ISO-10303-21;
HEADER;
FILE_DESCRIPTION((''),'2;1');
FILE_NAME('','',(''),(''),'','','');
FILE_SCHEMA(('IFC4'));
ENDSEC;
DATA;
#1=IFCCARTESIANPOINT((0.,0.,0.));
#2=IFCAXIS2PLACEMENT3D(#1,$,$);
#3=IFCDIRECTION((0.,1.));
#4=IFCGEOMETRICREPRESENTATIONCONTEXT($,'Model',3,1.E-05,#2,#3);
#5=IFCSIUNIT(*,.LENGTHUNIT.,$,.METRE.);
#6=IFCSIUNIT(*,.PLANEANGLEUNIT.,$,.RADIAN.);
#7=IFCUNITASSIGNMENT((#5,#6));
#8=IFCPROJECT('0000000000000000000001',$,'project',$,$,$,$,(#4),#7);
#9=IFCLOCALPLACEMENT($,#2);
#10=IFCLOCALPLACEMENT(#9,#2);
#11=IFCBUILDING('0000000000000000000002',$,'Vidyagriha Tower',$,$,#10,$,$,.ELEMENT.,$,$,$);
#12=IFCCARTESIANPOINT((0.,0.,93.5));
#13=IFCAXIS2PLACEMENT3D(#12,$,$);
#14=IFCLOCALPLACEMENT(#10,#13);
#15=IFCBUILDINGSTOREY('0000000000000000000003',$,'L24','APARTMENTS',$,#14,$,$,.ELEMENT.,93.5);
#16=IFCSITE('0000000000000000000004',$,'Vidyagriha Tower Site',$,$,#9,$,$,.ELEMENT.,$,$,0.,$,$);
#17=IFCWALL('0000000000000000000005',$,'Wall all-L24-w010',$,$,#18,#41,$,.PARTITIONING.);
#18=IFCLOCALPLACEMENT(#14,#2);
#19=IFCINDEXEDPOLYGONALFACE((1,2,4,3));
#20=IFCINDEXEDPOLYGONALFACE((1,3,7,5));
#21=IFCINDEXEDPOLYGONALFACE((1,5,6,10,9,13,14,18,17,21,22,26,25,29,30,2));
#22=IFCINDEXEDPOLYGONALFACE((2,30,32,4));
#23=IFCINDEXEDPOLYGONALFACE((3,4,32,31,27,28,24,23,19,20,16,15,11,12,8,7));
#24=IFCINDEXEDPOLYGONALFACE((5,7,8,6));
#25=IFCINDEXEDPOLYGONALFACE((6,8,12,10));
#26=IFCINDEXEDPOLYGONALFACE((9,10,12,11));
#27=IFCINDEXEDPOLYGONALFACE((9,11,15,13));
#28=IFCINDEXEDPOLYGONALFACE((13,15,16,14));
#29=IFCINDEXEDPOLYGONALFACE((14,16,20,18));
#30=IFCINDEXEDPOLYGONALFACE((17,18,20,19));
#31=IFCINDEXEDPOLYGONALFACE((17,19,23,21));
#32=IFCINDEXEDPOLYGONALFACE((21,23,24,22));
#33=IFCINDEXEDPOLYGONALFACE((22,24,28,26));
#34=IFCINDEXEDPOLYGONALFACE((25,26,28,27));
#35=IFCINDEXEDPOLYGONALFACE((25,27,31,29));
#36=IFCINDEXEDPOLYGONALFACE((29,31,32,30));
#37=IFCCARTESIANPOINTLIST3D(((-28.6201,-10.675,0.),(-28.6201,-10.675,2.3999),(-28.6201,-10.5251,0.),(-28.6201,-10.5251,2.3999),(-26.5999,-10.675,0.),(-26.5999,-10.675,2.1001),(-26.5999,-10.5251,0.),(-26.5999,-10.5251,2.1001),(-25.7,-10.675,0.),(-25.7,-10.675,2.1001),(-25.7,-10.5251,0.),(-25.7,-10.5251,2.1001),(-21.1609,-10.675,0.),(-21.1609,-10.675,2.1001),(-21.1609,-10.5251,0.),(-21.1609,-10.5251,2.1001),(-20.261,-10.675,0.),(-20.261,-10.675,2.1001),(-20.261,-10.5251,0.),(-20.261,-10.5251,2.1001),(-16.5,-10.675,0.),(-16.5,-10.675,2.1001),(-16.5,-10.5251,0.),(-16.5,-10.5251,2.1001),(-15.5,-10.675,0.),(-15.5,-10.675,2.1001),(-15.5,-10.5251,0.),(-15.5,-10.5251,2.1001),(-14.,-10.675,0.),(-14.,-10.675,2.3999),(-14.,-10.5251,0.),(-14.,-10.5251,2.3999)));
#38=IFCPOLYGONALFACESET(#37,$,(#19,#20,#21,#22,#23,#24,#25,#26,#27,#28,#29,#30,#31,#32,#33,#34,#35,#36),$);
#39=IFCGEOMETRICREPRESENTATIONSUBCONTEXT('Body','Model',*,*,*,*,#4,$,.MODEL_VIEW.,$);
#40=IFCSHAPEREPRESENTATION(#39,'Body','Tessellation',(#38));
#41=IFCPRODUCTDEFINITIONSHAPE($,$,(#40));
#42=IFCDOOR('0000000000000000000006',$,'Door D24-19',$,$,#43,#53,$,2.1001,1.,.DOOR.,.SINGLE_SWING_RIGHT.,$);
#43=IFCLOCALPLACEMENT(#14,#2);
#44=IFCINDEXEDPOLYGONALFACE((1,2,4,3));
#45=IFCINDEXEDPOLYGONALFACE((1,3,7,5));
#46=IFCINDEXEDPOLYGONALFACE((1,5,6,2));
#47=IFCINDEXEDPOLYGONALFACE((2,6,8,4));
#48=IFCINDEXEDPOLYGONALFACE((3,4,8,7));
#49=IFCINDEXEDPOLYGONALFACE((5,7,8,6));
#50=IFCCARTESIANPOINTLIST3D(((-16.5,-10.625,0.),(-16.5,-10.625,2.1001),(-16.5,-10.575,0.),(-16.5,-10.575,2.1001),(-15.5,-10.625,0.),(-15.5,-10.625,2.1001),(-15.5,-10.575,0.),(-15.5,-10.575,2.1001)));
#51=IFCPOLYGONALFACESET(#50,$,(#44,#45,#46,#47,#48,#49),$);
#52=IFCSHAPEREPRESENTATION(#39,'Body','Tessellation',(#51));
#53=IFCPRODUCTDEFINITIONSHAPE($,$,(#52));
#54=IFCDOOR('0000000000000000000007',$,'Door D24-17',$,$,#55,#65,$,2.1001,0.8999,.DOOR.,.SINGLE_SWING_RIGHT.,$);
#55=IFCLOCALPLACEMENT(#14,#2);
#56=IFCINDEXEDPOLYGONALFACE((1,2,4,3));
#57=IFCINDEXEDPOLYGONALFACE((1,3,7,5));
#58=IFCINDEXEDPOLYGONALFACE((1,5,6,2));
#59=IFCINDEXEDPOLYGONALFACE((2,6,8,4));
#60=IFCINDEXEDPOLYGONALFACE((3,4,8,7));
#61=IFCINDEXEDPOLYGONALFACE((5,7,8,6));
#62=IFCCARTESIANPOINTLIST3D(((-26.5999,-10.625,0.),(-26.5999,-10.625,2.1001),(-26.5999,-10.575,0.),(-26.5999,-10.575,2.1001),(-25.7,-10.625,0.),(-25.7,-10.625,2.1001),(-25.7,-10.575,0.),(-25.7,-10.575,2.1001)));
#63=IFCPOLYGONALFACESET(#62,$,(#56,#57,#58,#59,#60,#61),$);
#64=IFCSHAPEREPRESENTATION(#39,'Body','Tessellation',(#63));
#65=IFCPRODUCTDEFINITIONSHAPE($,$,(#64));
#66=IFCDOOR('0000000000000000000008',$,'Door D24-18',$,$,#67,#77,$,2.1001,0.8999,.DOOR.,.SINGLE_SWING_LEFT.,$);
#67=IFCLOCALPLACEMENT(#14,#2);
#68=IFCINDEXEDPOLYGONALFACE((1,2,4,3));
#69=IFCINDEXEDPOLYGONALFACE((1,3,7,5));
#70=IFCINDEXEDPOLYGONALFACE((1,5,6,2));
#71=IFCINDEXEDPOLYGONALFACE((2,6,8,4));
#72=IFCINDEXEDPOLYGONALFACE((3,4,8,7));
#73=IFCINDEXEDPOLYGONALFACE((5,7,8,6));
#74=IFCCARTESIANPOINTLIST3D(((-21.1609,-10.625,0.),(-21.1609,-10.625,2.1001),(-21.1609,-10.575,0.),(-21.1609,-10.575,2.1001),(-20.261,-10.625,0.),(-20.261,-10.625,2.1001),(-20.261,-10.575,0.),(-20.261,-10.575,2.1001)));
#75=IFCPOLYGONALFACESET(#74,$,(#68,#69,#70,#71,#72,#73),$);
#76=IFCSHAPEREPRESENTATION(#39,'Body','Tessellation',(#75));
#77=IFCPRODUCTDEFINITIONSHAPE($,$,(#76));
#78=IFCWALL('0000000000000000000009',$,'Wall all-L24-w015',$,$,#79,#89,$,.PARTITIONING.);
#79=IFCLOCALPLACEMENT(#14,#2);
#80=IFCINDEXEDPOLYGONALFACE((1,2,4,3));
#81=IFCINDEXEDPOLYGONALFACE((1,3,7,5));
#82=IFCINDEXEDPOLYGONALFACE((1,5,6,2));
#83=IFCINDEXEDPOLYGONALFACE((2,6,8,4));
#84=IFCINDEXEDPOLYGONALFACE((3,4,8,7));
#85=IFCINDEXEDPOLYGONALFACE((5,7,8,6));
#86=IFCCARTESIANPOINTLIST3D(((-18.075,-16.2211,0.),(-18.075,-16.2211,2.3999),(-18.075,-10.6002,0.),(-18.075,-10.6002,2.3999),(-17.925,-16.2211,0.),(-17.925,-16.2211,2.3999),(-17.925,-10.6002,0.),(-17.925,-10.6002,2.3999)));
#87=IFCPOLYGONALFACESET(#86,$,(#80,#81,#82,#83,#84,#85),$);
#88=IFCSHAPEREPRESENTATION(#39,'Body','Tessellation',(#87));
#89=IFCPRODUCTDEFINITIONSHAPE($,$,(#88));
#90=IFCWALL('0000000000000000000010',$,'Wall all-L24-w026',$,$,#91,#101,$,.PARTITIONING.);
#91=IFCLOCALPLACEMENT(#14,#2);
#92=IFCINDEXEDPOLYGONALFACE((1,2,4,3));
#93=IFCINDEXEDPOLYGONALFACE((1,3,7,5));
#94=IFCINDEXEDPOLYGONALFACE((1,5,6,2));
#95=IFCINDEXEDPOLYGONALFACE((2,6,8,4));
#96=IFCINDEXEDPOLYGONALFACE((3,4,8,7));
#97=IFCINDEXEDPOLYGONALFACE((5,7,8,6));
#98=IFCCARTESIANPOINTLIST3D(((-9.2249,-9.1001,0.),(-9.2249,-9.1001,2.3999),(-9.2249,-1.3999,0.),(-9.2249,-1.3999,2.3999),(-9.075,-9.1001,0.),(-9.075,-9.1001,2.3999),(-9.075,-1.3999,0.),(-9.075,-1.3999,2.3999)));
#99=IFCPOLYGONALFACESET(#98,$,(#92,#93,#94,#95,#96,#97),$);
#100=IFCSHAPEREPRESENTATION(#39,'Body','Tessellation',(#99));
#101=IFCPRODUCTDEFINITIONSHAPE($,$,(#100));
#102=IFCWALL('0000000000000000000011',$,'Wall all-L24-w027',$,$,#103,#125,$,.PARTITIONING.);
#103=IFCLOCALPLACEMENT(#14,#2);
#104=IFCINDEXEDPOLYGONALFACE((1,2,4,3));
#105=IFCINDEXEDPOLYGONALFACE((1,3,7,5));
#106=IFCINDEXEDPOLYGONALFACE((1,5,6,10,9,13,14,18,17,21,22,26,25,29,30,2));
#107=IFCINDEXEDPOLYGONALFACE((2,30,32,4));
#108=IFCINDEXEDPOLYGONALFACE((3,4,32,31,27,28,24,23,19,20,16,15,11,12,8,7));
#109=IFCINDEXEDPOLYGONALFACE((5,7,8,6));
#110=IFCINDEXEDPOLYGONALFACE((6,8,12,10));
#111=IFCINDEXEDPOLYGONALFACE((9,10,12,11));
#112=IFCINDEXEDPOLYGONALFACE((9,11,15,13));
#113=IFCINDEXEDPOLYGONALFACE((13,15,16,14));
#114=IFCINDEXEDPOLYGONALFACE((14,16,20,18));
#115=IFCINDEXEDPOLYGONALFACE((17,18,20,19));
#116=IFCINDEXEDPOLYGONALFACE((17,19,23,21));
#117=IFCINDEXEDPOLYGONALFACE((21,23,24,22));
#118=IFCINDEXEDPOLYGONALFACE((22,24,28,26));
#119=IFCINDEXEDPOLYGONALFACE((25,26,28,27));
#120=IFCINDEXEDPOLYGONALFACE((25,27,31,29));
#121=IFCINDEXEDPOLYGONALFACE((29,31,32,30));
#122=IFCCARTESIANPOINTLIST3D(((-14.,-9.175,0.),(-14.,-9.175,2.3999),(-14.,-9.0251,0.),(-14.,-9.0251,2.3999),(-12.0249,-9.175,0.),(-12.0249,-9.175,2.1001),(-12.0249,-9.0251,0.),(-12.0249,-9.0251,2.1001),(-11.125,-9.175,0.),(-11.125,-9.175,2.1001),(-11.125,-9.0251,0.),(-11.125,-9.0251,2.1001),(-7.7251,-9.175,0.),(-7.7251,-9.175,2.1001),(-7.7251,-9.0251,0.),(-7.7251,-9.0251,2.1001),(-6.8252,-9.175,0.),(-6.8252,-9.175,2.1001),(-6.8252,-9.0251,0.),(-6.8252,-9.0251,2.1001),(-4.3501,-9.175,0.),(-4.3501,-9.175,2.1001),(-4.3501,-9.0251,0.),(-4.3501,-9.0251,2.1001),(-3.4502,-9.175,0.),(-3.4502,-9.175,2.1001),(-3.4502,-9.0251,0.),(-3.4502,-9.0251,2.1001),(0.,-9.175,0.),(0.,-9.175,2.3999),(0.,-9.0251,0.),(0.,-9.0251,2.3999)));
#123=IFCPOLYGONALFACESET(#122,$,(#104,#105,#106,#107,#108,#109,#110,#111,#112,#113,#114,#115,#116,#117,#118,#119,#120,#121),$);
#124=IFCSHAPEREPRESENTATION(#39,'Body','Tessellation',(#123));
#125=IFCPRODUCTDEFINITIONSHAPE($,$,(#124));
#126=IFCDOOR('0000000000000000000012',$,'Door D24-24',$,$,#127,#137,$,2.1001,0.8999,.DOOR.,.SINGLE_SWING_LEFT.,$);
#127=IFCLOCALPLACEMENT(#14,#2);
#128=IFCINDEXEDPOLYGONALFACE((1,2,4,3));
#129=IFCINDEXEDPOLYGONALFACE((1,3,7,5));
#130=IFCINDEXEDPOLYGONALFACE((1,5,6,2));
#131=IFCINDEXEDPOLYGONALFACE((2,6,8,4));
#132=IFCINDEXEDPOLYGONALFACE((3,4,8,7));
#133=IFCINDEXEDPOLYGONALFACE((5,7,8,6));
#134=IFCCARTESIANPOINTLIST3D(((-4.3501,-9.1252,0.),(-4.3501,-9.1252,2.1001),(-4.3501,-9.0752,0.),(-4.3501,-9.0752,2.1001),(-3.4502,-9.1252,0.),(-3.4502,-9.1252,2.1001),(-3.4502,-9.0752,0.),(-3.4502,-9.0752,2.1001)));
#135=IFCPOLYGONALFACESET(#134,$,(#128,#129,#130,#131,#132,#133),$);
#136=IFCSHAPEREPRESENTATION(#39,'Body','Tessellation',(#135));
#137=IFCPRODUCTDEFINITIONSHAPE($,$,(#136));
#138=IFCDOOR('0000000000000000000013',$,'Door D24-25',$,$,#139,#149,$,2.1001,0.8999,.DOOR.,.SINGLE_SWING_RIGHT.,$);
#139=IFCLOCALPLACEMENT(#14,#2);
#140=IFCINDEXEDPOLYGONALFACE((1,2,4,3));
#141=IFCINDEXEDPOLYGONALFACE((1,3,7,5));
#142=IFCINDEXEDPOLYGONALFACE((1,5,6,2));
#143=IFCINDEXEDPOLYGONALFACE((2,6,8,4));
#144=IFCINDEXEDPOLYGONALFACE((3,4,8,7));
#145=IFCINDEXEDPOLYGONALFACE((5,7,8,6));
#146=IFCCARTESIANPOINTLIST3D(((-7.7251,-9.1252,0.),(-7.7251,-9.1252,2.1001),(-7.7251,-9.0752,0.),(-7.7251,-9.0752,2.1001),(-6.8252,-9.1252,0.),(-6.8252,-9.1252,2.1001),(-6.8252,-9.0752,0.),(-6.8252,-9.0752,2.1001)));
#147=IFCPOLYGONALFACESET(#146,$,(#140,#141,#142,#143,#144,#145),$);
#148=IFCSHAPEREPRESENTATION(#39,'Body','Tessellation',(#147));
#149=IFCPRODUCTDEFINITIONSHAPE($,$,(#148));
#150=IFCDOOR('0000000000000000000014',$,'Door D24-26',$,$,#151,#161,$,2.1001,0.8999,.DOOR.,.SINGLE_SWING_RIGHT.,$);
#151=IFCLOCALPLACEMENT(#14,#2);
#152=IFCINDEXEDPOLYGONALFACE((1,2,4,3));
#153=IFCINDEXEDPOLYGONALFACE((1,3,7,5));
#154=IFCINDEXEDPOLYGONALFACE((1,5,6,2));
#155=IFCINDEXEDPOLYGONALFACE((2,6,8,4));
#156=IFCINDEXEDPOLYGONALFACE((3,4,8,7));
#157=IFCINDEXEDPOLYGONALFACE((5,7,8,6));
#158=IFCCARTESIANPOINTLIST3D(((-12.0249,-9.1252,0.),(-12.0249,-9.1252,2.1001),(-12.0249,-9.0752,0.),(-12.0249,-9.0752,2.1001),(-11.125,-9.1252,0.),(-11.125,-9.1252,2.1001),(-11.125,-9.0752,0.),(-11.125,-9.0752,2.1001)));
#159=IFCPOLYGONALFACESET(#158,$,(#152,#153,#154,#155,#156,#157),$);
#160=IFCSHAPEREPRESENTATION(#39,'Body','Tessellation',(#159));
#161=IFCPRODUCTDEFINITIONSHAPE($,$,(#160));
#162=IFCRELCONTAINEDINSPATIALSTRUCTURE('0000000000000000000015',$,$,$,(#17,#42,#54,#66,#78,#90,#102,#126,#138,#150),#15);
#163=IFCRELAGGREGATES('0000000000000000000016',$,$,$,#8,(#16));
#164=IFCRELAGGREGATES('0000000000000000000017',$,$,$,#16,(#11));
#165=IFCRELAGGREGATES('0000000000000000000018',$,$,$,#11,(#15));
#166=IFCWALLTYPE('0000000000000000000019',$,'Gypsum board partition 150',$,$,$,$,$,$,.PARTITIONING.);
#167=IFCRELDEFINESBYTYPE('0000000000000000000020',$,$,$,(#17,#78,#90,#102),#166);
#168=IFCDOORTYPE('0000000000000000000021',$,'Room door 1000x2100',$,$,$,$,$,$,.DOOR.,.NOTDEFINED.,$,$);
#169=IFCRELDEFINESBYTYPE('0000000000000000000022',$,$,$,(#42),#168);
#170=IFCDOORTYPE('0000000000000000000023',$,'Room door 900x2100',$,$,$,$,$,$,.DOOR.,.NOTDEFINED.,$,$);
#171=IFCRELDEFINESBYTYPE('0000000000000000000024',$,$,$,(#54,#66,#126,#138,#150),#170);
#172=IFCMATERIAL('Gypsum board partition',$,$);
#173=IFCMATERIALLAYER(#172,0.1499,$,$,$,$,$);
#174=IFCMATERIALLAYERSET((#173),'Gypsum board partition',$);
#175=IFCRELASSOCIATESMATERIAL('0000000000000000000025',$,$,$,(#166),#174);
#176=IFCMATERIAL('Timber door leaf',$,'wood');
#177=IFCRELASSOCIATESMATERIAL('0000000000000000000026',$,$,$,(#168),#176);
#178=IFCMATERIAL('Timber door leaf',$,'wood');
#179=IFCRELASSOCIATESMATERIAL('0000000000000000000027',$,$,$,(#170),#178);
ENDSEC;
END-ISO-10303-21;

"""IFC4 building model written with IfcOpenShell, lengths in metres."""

from ifc_helpers import new_model, si_unit, direction, frame, frame_2d, origin, place, context, subcontext, project, spatial, rectangle, extrude, material, layer, layer_set, type_object, element, fill, save


model = new_model("IFC4")

# Units and contexts
model_context = context("Model", 3, precision=1e-05, world=origin(), true_north=direction((0.0, 1.0)))
body_context = subcontext(model_context, "Body", "Model", "MODEL_VIEW")
ifc_project = project(units=[si_unit("LENGTHUNIT", "METRE"), si_unit("PLANEANGLEUNIT", "RADIAN")], contexts=[model_context])

# Site, building, storey
site_placement = place(None, origin())
site = spatial("IfcSite", under=ifc_project, at=site_placement, Name="Vidyagriha Tower Site", CompositionType="ELEMENT", RefElevation=0.0)
building_placement = place(site_placement, origin())
building = spatial("IfcBuilding", under=site, at=building_placement, Name="Vidyagriha Tower", CompositionType="ELEMENT")
storey_placement = place(building_placement, frame((0.0, 0.0, 93.5)))
storey = spatial("IfcBuildingStorey", under=building, at=storey_placement, Name="L24", Description="APARTMENTS", CompositionType="ELEMENT", Elevation=93.5)

# Shared definitions
ifc_material_1 = material(Name="Gypsum board partition")
ifc_layer_1 = layer(ifc_material_1, 0.1499)
ifc_layer_set_1 = layer_set([ifc_layer_1], Name="Gypsum board partition")
wall_type_1 = type_object("IfcWallType", Name="Gypsum board partition 150", PredefinedType="PARTITIONING", material=ifc_layer_set_1)

# Wall, openings, doors
wall_1_placement = place(storey_placement, frame((-14.0, -10.6001, 0.0), z_axis=(0.0, 0.0, 1.0), x_axis=(-1.0, 0.0, 0.0)))
wall_1 = element("IfcWall", 1, at=wall_1_placement, inside=storey, type_object=wall_type_1, Name="Wall all-L24-w010", PredefinedType="PARTITIONING", context=body_context, shape_type="SweptSolid", body=[
    extrude(rectangle(XDim=14.6201, YDim=0.1499, at=frame_2d((7.3101, 0.0))), origin(), (0.0, 0.0, 1.0), 2.3999),
])
opening_1_placement = place(wall_1_placement, frame((11.7, 0.0, 0.0)))
opening_1 = element("IfcOpeningElement", 2, at=opening_1_placement, cuts=wall_1, PredefinedType="OPENING", context=body_context, shape_type="SweptSolid", body=[
    extrude(rectangle(XDim=0.8999, YDim=2.1001, at=frame_2d((0.45, 1.05))), frame((0.0, 0.085, 0.0), z_axis=(0.0, -1.0, 0.0), x_axis=(1.0, 0.0, 0.0)), (0.0, 0.0, 1.0), 0.1699),
])
opening_2_placement = place(wall_1_placement, frame((6.261, 0.0, 0.0)))
opening_2 = element("IfcOpeningElement", 3, at=opening_2_placement, cuts=wall_1, PredefinedType="OPENING", context=body_context, shape_type="SweptSolid", body=[
    extrude(rectangle(XDim=0.8999, YDim=2.1001, at=frame_2d((0.45, 1.05))), frame((0.0, 0.085, 0.0), z_axis=(0.0, -1.0, 0.0), x_axis=(1.0, 0.0, 0.0)), (0.0, 0.0, 1.0), 0.1699),
])
opening_3_placement = place(wall_1_placement, frame((1.5, 0.0, 0.0)))
opening_3 = element("IfcOpeningElement", 4, at=opening_3_placement, cuts=wall_1, PredefinedType="OPENING", context=body_context, shape_type="SweptSolid", body=[
    extrude(rectangle(XDim=1.0, YDim=2.1001, at=frame_2d((0.5, 1.05))), frame((0.0, 0.085, 0.0), z_axis=(0.0, -1.0, 0.0), x_axis=(1.0, 0.0, 0.0)), (0.0, 0.0, 1.0), 0.1699),
])
ifc_material_2 = material(Name="Timber door leaf", Category="wood")
door_type_1 = type_object("IfcDoorType", Name="Room door 1000x2100", OperationType="NOTDEFINED", PredefinedType="DOOR", material=ifc_material_2)
door_1_placement = place(opening_3_placement, origin())
door_1 = element("IfcDoor", 5, at=door_1_placement, inside=storey, type_object=door_type_1, Name="Door D24-19", OperationType="SINGLE_SWING_RIGHT", OverallHeight=2.1001, OverallWidth=1.0, PredefinedType="DOOR", context=body_context, shape_type="SweptSolid", body=[
    extrude(rectangle(XDim=1.0, YDim=2.1001, at=frame_2d((0.5, 1.05))), frame((0.0, 0.0249, 0.0), z_axis=(0.0, -1.0, 0.0), x_axis=(1.0, 0.0, 0.0)), (0.0, 0.0, 1.0), 0.05),
])
fill(opening_3, door_1)
ifc_material_3 = material(Name="Timber door leaf", Category="wood")
door_type_2 = type_object("IfcDoorType", Name="Room door 900x2100", OperationType="NOTDEFINED", PredefinedType="DOOR", material=ifc_material_3)
door_2_placement = place(opening_1_placement, origin())
door_2 = element("IfcDoor", 6, at=door_2_placement, inside=storey, type_object=door_type_2, Name="Door D24-17", OperationType="SINGLE_SWING_RIGHT", OverallHeight=2.1001, OverallWidth=0.8999, PredefinedType="DOOR", context=body_context, shape_type="SweptSolid", body=[
    extrude(rectangle(XDim=0.8999, YDim=2.1001, at=frame_2d((0.45, 1.05))), frame((0.0, 0.0249, 0.0), z_axis=(0.0, -1.0, 0.0), x_axis=(1.0, 0.0, 0.0)), (0.0, 0.0, 1.0), 0.05),
])
fill(opening_1, door_2)
door_3_placement = place(opening_2_placement, origin())
door_3 = element("IfcDoor", 7, at=door_3_placement, inside=storey, type_object=door_type_2, Name="Door D24-18", OperationType="SINGLE_SWING_LEFT", OverallHeight=2.1001, OverallWidth=0.8999, PredefinedType="DOOR", context=body_context, shape_type="SweptSolid", body=[
    extrude(rectangle(XDim=0.8999, YDim=2.1001, at=frame_2d((0.45, 1.05))), frame((0.0, 0.0249, 0.0), z_axis=(0.0, -1.0, 0.0), x_axis=(1.0, 0.0, 0.0)), (0.0, 0.0, 1.0), 0.05),
])
fill(opening_2, door_3)

# Walls
wall_2_placement = place(storey_placement, frame((-18.0, -10.6001, 0.0), z_axis=(0.0, 0.0, 1.0), x_axis=(0.0, -1.0, 0.0)))
element("IfcWall", 8, at=wall_2_placement, inside=storey, type_object=wall_type_1, Name="Wall all-L24-w015", PredefinedType="PARTITIONING", context=body_context, shape_type="SweptSolid", body=[
    extrude(rectangle(XDim=5.6208, YDim=0.1499, at=frame_2d((2.8105, 0.0))), origin(), (0.0, 0.0, 1.0), 2.3999),
])
wall_3_placement = place(storey_placement, frame((-9.1499, -9.1001, 0.0), z_axis=(0.0, 0.0, 1.0), x_axis=(0.0, 1.0, 0.0)))
element("IfcWall", 9, at=wall_3_placement, inside=storey, type_object=wall_type_1, Name="Wall all-L24-w026", PredefinedType="PARTITIONING", context=body_context, shape_type="SweptSolid", body=[
    extrude(rectangle(XDim=7.7002, YDim=0.1499, at=frame_2d((3.8501, 0.0))), origin(), (0.0, 0.0, 1.0), 2.3999),
])

# Wall, openings, doors
wall_4_placement = place(storey_placement, frame((-14.0, -9.1001, 0.0)))
wall_4 = element("IfcWall", 10, at=wall_4_placement, inside=storey, type_object=wall_type_1, Name="Wall all-L24-w027", PredefinedType="PARTITIONING", context=body_context, shape_type="SweptSolid", body=[
    extrude(rectangle(XDim=14.0, YDim=0.1499, at=frame_2d((7.0, 0.0))), origin(), (0.0, 0.0, 1.0), 2.3999),
])
opening_4_placement = place(wall_4_placement, frame((9.6499, 0.0, 0.0)))
opening_4 = element("IfcOpeningElement", 11, at=opening_4_placement, cuts=wall_4, PredefinedType="OPENING", context=body_context, shape_type="SweptSolid", body=[
    extrude(rectangle(XDim=0.8999, YDim=2.1001, at=frame_2d((0.45, 1.05))), frame((0.0, 0.085, 0.0), z_axis=(0.0, -1.0, 0.0), x_axis=(1.0, 0.0, 0.0)), (0.0, 0.0, 1.0), 0.1699),
])
opening_5_placement = place(wall_4_placement, frame((6.2749, 0.0, 0.0)))
opening_5 = element("IfcOpeningElement", 12, at=opening_5_placement, cuts=wall_4, PredefinedType="OPENING", context=body_context, shape_type="SweptSolid", body=[
    extrude(rectangle(XDim=0.8999, YDim=2.1001, at=frame_2d((0.45, 1.05))), frame((0.0, 0.085, 0.0), z_axis=(0.0, -1.0, 0.0), x_axis=(1.0, 0.0, 0.0)), (0.0, 0.0, 1.0), 0.1699),
])
opening_6_placement = place(wall_4_placement, frame((1.9751, 0.0, 0.0)))
opening_6 = element("IfcOpeningElement", 13, at=opening_6_placement, cuts=wall_4, PredefinedType="OPENING", context=body_context, shape_type="SweptSolid", body=[
    extrude(rectangle(XDim=0.8999, YDim=2.1001, at=frame_2d((0.45, 1.05))), frame((0.0, 0.085, 0.0), z_axis=(0.0, -1.0, 0.0), x_axis=(1.0, 0.0, 0.0)), (0.0, 0.0, 1.0), 0.1699),
])
door_4_placement = place(opening_4_placement, origin())
door_4 = element("IfcDoor", 14, at=door_4_placement, inside=storey, type_object=door_type_2, Name="Door D24-24", OperationType="SINGLE_SWING_LEFT", OverallHeight=2.1001, OverallWidth=0.8999, PredefinedType="DOOR", context=body_context, shape_type="SweptSolid", body=[
    extrude(rectangle(XDim=0.8999, YDim=2.1001, at=frame_2d((0.45, 1.05))), frame((0.0, 0.0249, 0.0), z_axis=(0.0, -1.0, 0.0), x_axis=(1.0, 0.0, 0.0)), (0.0, 0.0, 1.0), 0.05),
])
fill(opening_4, door_4)
door_5_placement = place(opening_5_placement, origin())
door_5 = element("IfcDoor", 15, at=door_5_placement, inside=storey, type_object=door_type_2, Name="Door D24-25", OperationType="SINGLE_SWING_RIGHT", OverallHeight=2.1001, OverallWidth=0.8999, PredefinedType="DOOR", context=body_context, shape_type="SweptSolid", body=[
    extrude(rectangle(XDim=0.8999, YDim=2.1001, at=frame_2d((0.45, 1.05))), frame((0.0, 0.0249, 0.0), z_axis=(0.0, -1.0, 0.0), x_axis=(1.0, 0.0, 0.0)), (0.0, 0.0, 1.0), 0.05),
])
fill(opening_5, door_5)
door_6_placement = place(opening_6_placement, origin())
door_6 = element("IfcDoor", 16, at=door_6_placement, inside=storey, type_object=door_type_2, Name="Door D24-26", OperationType="SINGLE_SWING_RIGHT", OverallHeight=2.1001, OverallWidth=0.8999, PredefinedType="DOOR", context=body_context, shape_type="SweptSolid", body=[
    extrude(rectangle(XDim=0.8999, YDim=2.1001, at=frame_2d((0.45, 1.05))), frame((0.0, 0.0249, 0.0), z_axis=(0.0, -1.0, 0.0), x_axis=(1.0, 0.0, 0.0)), (0.0, 0.0, 1.0), 0.05),
])
fill(opening_6, door_6)

save(model, "model.ifc")
